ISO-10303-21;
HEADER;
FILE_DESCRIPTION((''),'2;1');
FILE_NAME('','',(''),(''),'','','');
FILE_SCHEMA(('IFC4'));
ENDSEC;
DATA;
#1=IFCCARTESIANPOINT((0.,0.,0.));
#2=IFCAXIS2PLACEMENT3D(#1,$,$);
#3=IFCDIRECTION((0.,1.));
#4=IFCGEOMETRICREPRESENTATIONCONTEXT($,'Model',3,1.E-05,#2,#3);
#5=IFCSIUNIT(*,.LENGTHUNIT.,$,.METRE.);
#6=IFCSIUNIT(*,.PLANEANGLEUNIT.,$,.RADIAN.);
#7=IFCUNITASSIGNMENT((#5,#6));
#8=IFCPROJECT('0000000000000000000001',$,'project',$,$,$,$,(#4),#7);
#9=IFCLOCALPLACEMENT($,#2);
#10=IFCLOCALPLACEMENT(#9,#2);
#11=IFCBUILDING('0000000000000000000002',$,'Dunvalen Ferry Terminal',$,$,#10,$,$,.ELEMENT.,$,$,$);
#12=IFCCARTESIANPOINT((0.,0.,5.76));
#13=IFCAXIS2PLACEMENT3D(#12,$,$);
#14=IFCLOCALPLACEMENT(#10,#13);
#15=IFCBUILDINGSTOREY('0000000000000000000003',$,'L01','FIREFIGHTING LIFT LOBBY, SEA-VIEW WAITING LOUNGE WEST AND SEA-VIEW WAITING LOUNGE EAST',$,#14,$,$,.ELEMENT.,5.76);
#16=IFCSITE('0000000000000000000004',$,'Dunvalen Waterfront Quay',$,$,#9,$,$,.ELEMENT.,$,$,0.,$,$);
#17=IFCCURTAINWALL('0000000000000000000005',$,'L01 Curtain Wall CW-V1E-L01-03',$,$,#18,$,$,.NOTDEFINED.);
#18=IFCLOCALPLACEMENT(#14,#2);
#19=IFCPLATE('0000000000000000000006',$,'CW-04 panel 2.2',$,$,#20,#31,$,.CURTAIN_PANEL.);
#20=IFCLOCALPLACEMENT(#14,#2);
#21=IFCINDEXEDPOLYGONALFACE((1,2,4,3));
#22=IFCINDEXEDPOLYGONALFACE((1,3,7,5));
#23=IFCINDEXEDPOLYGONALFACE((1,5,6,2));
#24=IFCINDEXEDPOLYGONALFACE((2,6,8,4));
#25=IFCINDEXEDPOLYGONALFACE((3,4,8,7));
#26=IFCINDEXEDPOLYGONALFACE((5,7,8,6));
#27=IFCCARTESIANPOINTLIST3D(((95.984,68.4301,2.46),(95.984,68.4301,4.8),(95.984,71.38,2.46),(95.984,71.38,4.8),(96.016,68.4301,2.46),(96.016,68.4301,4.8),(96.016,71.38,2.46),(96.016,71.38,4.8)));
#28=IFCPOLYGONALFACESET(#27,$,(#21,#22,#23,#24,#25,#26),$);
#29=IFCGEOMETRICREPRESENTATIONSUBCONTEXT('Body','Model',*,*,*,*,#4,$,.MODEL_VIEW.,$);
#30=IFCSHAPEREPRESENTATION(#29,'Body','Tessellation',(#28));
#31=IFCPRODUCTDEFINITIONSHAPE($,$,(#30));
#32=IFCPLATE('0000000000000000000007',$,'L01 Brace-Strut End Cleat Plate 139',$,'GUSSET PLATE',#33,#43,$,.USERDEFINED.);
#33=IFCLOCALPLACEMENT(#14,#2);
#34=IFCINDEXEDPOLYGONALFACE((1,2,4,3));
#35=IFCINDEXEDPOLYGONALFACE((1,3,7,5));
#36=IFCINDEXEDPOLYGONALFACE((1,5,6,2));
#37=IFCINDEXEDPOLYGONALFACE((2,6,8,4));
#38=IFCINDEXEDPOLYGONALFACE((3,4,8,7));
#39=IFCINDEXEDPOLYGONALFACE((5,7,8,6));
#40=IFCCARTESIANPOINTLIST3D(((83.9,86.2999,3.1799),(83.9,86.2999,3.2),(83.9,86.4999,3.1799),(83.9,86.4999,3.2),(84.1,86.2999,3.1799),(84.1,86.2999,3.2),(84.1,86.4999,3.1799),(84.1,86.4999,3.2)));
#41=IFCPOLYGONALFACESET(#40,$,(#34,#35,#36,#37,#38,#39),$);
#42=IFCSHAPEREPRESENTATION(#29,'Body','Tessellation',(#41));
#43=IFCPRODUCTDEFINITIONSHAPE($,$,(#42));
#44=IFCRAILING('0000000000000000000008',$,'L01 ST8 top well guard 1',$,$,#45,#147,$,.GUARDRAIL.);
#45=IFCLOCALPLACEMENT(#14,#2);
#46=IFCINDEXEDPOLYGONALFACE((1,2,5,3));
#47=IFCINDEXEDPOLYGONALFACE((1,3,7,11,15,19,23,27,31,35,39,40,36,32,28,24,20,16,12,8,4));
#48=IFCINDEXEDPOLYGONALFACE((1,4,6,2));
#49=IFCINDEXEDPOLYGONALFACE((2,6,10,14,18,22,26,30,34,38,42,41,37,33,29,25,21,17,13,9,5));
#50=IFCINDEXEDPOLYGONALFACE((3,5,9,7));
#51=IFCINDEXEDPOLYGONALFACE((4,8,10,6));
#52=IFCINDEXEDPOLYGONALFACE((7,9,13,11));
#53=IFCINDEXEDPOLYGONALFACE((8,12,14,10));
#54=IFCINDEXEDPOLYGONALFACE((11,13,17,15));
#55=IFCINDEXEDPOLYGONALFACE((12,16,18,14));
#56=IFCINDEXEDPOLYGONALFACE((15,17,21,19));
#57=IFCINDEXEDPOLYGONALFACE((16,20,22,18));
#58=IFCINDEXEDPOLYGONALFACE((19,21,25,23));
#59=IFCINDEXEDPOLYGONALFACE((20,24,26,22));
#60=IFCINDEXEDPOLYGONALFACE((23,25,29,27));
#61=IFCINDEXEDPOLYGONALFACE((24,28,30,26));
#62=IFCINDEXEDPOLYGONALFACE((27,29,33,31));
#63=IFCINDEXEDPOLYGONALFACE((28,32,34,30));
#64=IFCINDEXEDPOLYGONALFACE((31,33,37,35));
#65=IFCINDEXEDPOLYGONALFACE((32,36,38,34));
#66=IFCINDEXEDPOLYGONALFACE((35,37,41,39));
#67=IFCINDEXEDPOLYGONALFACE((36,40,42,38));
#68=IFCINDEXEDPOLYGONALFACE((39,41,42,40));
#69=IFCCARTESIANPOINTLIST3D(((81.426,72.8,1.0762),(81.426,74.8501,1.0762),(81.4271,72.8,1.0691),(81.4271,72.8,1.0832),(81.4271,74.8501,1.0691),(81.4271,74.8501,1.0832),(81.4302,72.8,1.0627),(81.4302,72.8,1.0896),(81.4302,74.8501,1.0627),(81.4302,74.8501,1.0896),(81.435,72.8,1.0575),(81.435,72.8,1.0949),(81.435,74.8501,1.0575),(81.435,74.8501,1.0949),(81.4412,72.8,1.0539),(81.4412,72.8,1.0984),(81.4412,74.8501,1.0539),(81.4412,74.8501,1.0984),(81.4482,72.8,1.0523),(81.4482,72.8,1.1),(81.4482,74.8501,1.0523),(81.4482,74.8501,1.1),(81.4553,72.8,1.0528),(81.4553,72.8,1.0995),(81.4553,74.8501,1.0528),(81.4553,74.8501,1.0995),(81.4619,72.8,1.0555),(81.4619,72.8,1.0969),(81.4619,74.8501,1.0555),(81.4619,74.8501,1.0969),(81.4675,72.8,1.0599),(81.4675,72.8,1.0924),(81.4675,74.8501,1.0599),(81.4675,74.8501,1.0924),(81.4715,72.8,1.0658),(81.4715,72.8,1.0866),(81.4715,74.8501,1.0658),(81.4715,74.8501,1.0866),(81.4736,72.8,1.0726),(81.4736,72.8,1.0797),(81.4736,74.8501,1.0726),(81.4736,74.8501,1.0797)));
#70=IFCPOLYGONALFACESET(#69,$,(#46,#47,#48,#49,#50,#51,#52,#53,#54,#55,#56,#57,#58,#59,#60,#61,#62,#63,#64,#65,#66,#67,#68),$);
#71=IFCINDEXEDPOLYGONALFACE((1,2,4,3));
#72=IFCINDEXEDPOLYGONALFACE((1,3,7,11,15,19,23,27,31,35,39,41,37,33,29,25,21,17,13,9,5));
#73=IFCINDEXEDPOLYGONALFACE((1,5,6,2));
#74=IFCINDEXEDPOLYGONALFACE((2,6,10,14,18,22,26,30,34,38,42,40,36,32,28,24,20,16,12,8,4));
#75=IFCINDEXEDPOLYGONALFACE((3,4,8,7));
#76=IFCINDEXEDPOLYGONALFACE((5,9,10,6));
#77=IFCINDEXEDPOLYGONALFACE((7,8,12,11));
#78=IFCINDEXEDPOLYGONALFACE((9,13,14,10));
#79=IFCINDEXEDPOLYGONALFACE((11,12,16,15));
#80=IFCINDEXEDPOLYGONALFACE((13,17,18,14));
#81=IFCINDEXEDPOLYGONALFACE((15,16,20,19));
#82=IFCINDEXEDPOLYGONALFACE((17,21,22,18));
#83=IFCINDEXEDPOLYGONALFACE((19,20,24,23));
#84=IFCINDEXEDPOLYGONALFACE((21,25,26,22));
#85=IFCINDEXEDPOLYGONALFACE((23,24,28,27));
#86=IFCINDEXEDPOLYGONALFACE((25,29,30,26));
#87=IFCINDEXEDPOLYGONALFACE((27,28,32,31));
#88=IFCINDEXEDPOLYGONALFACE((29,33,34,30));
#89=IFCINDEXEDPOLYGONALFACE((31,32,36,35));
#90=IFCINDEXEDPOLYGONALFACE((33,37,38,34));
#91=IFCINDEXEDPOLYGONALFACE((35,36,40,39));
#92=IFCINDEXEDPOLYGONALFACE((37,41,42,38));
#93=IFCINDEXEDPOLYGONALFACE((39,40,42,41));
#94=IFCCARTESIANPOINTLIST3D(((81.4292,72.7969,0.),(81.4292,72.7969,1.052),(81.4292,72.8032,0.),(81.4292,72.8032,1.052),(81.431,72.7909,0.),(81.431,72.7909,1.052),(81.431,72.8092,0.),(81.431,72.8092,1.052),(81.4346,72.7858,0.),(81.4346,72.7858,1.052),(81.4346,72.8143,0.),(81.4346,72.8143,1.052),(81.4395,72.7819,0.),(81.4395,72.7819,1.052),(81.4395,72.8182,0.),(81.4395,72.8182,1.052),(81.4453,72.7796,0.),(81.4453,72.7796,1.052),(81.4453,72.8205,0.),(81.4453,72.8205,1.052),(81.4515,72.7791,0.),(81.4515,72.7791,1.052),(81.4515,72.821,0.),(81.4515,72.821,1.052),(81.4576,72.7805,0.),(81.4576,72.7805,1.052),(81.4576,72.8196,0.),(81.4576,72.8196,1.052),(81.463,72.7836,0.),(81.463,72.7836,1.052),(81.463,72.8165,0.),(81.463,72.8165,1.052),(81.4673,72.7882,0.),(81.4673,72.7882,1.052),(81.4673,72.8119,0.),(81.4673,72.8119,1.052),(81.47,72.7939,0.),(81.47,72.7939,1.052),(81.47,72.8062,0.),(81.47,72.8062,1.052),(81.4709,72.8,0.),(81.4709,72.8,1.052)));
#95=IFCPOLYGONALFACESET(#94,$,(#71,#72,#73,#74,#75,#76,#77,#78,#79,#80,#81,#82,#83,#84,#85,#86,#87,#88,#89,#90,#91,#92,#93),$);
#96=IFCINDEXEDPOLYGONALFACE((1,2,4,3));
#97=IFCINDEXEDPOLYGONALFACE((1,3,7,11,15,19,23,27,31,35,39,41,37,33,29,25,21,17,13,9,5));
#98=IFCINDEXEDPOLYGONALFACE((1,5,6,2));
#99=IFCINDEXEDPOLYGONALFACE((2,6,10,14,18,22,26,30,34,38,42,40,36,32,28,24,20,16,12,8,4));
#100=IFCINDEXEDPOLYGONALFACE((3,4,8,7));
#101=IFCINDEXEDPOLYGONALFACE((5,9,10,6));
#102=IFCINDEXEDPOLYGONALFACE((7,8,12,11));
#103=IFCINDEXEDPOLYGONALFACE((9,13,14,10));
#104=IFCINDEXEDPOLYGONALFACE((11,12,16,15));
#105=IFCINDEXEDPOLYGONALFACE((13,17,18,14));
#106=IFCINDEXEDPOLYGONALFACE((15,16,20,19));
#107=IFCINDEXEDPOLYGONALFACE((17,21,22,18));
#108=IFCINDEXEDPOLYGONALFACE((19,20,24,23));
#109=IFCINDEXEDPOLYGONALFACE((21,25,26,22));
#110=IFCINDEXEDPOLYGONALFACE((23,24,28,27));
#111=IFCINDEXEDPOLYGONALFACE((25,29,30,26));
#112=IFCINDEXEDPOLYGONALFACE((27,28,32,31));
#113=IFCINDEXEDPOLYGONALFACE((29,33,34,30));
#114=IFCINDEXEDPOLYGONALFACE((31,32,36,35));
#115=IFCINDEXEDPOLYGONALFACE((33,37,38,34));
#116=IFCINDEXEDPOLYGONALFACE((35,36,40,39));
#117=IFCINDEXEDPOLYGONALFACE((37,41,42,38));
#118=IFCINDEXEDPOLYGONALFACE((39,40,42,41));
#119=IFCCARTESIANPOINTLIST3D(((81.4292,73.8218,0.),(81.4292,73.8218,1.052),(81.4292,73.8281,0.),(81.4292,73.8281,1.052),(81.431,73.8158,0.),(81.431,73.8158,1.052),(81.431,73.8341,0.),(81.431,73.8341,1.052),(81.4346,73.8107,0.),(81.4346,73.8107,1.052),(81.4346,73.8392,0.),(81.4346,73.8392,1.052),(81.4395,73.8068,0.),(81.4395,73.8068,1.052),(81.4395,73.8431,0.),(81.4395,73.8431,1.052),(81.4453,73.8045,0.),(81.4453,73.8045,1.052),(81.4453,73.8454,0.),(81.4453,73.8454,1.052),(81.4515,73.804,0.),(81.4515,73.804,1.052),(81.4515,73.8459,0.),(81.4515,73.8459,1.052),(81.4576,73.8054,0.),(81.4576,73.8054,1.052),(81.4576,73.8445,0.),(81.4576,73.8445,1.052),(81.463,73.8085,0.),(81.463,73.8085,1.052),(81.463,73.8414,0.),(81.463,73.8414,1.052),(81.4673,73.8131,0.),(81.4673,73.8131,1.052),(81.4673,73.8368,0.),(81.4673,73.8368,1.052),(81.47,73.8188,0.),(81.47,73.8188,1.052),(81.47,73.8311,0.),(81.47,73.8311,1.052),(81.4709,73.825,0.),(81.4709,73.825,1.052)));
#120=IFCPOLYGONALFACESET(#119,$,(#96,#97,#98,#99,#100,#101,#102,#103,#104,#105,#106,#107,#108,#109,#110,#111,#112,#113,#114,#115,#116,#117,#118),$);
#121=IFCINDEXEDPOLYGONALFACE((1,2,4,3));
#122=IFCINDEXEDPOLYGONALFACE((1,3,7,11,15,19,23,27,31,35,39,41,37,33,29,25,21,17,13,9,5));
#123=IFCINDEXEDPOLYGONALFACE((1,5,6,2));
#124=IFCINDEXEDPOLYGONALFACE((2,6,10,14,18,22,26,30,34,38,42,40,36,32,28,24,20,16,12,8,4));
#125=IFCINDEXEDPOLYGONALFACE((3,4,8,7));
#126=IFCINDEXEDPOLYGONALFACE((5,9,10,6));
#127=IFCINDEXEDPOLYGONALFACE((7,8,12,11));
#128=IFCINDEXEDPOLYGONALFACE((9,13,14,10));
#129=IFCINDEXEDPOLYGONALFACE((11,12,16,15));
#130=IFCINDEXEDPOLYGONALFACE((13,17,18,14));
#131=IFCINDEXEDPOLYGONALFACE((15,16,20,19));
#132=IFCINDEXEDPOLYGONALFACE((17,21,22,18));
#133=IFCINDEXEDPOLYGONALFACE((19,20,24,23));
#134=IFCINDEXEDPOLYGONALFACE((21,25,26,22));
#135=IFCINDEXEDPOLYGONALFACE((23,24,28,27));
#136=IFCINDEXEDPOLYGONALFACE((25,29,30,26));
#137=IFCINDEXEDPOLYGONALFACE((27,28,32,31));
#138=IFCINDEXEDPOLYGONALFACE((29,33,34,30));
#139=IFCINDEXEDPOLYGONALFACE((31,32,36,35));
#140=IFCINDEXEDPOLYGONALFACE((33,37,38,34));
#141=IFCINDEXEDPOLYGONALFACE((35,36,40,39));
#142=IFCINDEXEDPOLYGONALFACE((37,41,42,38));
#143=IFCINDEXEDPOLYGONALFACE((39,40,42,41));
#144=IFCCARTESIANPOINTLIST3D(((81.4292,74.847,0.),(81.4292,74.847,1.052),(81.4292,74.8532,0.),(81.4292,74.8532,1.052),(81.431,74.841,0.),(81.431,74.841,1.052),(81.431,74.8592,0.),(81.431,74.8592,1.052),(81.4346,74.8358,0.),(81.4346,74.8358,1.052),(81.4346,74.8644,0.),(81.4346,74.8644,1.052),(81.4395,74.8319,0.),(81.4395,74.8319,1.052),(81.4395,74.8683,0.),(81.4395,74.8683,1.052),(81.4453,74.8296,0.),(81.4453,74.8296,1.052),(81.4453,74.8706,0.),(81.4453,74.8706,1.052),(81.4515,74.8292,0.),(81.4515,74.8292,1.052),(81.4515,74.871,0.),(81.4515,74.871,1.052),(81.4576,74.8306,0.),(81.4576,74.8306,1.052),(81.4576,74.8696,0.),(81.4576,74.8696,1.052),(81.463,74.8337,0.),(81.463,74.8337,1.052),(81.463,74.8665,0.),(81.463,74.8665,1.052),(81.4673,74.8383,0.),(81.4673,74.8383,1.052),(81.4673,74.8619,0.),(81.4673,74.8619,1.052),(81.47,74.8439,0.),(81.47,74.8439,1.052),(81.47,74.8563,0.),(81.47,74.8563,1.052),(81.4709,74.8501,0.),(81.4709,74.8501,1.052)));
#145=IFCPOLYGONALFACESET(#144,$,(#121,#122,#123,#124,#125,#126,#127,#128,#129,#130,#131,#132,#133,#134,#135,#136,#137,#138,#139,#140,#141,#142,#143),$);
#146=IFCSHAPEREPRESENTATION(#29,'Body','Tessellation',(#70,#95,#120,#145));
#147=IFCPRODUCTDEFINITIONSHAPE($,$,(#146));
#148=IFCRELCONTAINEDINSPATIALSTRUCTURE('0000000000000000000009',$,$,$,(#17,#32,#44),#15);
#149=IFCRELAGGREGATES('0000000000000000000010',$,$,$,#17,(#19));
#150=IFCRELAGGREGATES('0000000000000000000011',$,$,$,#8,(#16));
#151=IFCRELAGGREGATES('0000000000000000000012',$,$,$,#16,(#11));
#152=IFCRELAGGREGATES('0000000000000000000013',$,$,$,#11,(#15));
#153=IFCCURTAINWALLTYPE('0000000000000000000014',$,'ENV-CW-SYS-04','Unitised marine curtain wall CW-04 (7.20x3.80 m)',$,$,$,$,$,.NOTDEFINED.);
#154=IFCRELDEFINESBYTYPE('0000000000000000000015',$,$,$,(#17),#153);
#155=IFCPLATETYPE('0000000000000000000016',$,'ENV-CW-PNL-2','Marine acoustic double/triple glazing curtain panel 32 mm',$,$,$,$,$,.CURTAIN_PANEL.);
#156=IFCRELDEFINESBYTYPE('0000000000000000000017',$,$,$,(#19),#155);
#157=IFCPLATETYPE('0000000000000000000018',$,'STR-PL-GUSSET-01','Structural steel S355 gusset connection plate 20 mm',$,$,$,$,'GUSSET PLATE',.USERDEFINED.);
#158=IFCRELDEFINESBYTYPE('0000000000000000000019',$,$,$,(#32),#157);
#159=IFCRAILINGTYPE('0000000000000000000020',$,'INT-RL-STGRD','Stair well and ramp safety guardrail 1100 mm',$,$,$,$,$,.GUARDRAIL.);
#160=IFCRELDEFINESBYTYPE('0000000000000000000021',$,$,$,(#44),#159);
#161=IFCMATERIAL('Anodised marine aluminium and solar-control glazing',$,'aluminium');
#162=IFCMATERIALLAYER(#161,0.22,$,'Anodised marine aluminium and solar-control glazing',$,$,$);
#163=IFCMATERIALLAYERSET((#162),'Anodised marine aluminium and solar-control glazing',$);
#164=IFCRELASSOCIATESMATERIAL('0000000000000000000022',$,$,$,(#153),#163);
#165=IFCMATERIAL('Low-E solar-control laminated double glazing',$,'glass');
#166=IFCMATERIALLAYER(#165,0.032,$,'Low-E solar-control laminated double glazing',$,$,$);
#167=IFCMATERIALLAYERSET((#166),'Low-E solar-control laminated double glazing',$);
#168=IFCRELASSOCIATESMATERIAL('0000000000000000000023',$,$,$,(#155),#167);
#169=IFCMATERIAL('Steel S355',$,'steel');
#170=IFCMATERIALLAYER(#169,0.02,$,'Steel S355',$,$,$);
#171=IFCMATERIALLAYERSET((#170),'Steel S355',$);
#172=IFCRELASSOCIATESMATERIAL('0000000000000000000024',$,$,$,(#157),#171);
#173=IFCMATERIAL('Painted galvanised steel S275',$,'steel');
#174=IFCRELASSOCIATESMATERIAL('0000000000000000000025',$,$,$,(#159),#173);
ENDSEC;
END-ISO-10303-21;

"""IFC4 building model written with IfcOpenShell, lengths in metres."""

from ifc_helpers import new_model, si_unit, direction, frame, origin, origin_2d, place, context, subcontext, project, spatial, rectangle, circle, extrude, material, layer, layer_set, type_object, element, aggregate, save


model = new_model("IFC4")

# Units and contexts
model_context = context("Model", 3, precision=1e-05, world=origin(), true_north=direction((0.0, 1.0)))
body_context = subcontext(model_context, "Body", "Model", "MODEL_VIEW")
ifc_project = project(units=[si_unit("LENGTHUNIT", "METRE"), si_unit("PLANEANGLEUNIT", "RADIAN")], contexts=[model_context])

# Site, building, storey
site_placement = place(None, origin())
site = spatial("IfcSite", under=ifc_project, at=site_placement, Name="Dunvalen Waterfront Quay", CompositionType="ELEMENT", RefElevation=0.0)
building_placement = place(site_placement, origin())
building = spatial("IfcBuilding", under=site, at=building_placement, Name="Dunvalen Ferry Terminal", CompositionType="ELEMENT")
storey_placement = place(building_placement, frame((0.0, 0.0, 5.76)))
storey = spatial("IfcBuildingStorey", under=building, at=storey_placement, Name="L01", Description="FIREFIGHTING LIFT LOBBY, SEA-VIEW WAITING LOUNGE WEST AND SEA-VIEW WAITING LOUNGE EAST", CompositionType="ELEMENT", Elevation=5.76)

# Shared definitions
ifc_material_1 = material(Name="Anodised marine aluminium and solar-control glazing", Category="aluminium")

# Curtain wall
ifc_layer_1 = layer(ifc_material_1, 0.22, Name="Anodised marine aluminium and solar-control glazing")
ifc_layer_set_1 = layer_set([ifc_layer_1], Name="Anodised marine aluminium and solar-control glazing")
curtain_wall_type_1 = type_object("IfcCurtainWallType", Name="ENV-CW-SYS-04", Description="Unitised marine curtain wall CW-04 (7.20x3.80 m)", PredefinedType="NOTDEFINED", material=ifc_layer_set_1)
curtain_wall_1_placement = place(storey_placement, origin())
curtain_wall_1 = element("IfcCurtainWall", 1, at=curtain_wall_1_placement, inside=storey, type_object=curtain_wall_type_1, Name="L01 Curtain Wall CW-V1E-L01-03", PredefinedType="NOTDEFINED")

# Shared definitions
ifc_material_2 = material(Name="Steel S355", Category="steel")

# Plates
ifc_material_3 = material(Name="Low-E solar-control laminated double glazing", Category="glass")
ifc_layer_2 = layer(ifc_material_3, 0.032, Name="Low-E solar-control laminated double glazing")
ifc_layer_set_2 = layer_set([ifc_layer_2], Name="Low-E solar-control laminated double glazing")
plate_type_1 = type_object("IfcPlateType", Name="ENV-CW-PNL-2", Description="Marine acoustic double/triple glazing curtain panel 32 mm", PredefinedType="CURTAIN_PANEL", material=ifc_layer_set_2)
plate_1_placement = place(storey_placement, frame((96.0, 69.905, 2.46), z_axis=(0.0, 0.0, 1.0), x_axis=(0.0, 1.0, 0.0)))
plate_1 = element("IfcPlate", 2, at=plate_1_placement, type_object=plate_type_1, Name="CW-04 panel 2.2", PredefinedType="CURTAIN_PANEL", context=body_context, shape_type="SweptSolid", body=[
    extrude(rectangle(XDim=2.95, YDim=0.032, at=origin_2d()), origin(), (0.0, 0.0, 1.0), 2.3401),
])
aggregate(curtain_wall_1, [plate_1])
ifc_layer_3 = layer(ifc_material_2, 0.02, Name="Steel S355")
ifc_layer_set_3 = layer_set([ifc_layer_3], Name="Steel S355")
plate_type_2 = type_object("IfcPlateType", Name="STR-PL-GUSSET-01", Description="Structural steel S355 gusset connection plate 20 mm", ElementType="GUSSET PLATE", PredefinedType="USERDEFINED", material=ifc_layer_set_3)
plate_2_placement = place(storey_placement, frame((84.0, 86.3999, 3.1799), z_axis=(0.0, 0.0, 1.0), x_axis=(1.0, 0.0, 0.0)))
element("IfcPlate", 3, at=plate_2_placement, inside=storey, type_object=plate_type_2, Name="L01 Brace-Strut End Cleat Plate 139", ObjectType="GUSSET PLATE", PredefinedType="USERDEFINED", context=body_context, shape_type="SweptSolid", body=[
    extrude(rectangle(XDim=0.2, YDim=0.2, at=origin_2d()), origin(), (0.0, 0.0, 1.0), 0.02),
])

# Railing
ifc_material_4 = material(Name="Painted galvanised steel S275", Category="steel")
railing_type = type_object("IfcRailingType", Name="INT-RL-STGRD", Description="Stair well and ramp safety guardrail 1100 mm", PredefinedType="GUARDRAIL", material=ifc_material_4)
railing_1_placement = place(storey_placement, frame((81.45, 72.8, 0.0)))
element("IfcRailing", 4, at=railing_1_placement, inside=storey, type_object=railing_type, Name="L01 ST8 top well guard 1", PredefinedType="GUARDRAIL", context=body_context, shape_type="SweptSolid", body=[
    extrude(circle(Radius=0.0239, at=origin_2d()), frame((0.0, 0.0, 1.0762), z_axis=(0.0, 1.0, 0.0), x_axis=(-1.0, 0.0, 0.0)), (0.0, 0.0, 1.0), 2.05),
    extrude(circle(Radius=0.021, at=origin_2d()), origin(), (0.0, 0.0, 1.0), 1.052),
    extrude(circle(Radius=0.021, at=origin_2d()), frame((0.0, 1.0249, 0.0)), (0.0, 0.0, 1.0), 1.052),
    extrude(circle(Radius=0.021, at=origin_2d()), frame((0.0, 2.05, 0.0)), (0.0, 0.0, 1.0), 1.052),
])

save(model, "model.ifc")
